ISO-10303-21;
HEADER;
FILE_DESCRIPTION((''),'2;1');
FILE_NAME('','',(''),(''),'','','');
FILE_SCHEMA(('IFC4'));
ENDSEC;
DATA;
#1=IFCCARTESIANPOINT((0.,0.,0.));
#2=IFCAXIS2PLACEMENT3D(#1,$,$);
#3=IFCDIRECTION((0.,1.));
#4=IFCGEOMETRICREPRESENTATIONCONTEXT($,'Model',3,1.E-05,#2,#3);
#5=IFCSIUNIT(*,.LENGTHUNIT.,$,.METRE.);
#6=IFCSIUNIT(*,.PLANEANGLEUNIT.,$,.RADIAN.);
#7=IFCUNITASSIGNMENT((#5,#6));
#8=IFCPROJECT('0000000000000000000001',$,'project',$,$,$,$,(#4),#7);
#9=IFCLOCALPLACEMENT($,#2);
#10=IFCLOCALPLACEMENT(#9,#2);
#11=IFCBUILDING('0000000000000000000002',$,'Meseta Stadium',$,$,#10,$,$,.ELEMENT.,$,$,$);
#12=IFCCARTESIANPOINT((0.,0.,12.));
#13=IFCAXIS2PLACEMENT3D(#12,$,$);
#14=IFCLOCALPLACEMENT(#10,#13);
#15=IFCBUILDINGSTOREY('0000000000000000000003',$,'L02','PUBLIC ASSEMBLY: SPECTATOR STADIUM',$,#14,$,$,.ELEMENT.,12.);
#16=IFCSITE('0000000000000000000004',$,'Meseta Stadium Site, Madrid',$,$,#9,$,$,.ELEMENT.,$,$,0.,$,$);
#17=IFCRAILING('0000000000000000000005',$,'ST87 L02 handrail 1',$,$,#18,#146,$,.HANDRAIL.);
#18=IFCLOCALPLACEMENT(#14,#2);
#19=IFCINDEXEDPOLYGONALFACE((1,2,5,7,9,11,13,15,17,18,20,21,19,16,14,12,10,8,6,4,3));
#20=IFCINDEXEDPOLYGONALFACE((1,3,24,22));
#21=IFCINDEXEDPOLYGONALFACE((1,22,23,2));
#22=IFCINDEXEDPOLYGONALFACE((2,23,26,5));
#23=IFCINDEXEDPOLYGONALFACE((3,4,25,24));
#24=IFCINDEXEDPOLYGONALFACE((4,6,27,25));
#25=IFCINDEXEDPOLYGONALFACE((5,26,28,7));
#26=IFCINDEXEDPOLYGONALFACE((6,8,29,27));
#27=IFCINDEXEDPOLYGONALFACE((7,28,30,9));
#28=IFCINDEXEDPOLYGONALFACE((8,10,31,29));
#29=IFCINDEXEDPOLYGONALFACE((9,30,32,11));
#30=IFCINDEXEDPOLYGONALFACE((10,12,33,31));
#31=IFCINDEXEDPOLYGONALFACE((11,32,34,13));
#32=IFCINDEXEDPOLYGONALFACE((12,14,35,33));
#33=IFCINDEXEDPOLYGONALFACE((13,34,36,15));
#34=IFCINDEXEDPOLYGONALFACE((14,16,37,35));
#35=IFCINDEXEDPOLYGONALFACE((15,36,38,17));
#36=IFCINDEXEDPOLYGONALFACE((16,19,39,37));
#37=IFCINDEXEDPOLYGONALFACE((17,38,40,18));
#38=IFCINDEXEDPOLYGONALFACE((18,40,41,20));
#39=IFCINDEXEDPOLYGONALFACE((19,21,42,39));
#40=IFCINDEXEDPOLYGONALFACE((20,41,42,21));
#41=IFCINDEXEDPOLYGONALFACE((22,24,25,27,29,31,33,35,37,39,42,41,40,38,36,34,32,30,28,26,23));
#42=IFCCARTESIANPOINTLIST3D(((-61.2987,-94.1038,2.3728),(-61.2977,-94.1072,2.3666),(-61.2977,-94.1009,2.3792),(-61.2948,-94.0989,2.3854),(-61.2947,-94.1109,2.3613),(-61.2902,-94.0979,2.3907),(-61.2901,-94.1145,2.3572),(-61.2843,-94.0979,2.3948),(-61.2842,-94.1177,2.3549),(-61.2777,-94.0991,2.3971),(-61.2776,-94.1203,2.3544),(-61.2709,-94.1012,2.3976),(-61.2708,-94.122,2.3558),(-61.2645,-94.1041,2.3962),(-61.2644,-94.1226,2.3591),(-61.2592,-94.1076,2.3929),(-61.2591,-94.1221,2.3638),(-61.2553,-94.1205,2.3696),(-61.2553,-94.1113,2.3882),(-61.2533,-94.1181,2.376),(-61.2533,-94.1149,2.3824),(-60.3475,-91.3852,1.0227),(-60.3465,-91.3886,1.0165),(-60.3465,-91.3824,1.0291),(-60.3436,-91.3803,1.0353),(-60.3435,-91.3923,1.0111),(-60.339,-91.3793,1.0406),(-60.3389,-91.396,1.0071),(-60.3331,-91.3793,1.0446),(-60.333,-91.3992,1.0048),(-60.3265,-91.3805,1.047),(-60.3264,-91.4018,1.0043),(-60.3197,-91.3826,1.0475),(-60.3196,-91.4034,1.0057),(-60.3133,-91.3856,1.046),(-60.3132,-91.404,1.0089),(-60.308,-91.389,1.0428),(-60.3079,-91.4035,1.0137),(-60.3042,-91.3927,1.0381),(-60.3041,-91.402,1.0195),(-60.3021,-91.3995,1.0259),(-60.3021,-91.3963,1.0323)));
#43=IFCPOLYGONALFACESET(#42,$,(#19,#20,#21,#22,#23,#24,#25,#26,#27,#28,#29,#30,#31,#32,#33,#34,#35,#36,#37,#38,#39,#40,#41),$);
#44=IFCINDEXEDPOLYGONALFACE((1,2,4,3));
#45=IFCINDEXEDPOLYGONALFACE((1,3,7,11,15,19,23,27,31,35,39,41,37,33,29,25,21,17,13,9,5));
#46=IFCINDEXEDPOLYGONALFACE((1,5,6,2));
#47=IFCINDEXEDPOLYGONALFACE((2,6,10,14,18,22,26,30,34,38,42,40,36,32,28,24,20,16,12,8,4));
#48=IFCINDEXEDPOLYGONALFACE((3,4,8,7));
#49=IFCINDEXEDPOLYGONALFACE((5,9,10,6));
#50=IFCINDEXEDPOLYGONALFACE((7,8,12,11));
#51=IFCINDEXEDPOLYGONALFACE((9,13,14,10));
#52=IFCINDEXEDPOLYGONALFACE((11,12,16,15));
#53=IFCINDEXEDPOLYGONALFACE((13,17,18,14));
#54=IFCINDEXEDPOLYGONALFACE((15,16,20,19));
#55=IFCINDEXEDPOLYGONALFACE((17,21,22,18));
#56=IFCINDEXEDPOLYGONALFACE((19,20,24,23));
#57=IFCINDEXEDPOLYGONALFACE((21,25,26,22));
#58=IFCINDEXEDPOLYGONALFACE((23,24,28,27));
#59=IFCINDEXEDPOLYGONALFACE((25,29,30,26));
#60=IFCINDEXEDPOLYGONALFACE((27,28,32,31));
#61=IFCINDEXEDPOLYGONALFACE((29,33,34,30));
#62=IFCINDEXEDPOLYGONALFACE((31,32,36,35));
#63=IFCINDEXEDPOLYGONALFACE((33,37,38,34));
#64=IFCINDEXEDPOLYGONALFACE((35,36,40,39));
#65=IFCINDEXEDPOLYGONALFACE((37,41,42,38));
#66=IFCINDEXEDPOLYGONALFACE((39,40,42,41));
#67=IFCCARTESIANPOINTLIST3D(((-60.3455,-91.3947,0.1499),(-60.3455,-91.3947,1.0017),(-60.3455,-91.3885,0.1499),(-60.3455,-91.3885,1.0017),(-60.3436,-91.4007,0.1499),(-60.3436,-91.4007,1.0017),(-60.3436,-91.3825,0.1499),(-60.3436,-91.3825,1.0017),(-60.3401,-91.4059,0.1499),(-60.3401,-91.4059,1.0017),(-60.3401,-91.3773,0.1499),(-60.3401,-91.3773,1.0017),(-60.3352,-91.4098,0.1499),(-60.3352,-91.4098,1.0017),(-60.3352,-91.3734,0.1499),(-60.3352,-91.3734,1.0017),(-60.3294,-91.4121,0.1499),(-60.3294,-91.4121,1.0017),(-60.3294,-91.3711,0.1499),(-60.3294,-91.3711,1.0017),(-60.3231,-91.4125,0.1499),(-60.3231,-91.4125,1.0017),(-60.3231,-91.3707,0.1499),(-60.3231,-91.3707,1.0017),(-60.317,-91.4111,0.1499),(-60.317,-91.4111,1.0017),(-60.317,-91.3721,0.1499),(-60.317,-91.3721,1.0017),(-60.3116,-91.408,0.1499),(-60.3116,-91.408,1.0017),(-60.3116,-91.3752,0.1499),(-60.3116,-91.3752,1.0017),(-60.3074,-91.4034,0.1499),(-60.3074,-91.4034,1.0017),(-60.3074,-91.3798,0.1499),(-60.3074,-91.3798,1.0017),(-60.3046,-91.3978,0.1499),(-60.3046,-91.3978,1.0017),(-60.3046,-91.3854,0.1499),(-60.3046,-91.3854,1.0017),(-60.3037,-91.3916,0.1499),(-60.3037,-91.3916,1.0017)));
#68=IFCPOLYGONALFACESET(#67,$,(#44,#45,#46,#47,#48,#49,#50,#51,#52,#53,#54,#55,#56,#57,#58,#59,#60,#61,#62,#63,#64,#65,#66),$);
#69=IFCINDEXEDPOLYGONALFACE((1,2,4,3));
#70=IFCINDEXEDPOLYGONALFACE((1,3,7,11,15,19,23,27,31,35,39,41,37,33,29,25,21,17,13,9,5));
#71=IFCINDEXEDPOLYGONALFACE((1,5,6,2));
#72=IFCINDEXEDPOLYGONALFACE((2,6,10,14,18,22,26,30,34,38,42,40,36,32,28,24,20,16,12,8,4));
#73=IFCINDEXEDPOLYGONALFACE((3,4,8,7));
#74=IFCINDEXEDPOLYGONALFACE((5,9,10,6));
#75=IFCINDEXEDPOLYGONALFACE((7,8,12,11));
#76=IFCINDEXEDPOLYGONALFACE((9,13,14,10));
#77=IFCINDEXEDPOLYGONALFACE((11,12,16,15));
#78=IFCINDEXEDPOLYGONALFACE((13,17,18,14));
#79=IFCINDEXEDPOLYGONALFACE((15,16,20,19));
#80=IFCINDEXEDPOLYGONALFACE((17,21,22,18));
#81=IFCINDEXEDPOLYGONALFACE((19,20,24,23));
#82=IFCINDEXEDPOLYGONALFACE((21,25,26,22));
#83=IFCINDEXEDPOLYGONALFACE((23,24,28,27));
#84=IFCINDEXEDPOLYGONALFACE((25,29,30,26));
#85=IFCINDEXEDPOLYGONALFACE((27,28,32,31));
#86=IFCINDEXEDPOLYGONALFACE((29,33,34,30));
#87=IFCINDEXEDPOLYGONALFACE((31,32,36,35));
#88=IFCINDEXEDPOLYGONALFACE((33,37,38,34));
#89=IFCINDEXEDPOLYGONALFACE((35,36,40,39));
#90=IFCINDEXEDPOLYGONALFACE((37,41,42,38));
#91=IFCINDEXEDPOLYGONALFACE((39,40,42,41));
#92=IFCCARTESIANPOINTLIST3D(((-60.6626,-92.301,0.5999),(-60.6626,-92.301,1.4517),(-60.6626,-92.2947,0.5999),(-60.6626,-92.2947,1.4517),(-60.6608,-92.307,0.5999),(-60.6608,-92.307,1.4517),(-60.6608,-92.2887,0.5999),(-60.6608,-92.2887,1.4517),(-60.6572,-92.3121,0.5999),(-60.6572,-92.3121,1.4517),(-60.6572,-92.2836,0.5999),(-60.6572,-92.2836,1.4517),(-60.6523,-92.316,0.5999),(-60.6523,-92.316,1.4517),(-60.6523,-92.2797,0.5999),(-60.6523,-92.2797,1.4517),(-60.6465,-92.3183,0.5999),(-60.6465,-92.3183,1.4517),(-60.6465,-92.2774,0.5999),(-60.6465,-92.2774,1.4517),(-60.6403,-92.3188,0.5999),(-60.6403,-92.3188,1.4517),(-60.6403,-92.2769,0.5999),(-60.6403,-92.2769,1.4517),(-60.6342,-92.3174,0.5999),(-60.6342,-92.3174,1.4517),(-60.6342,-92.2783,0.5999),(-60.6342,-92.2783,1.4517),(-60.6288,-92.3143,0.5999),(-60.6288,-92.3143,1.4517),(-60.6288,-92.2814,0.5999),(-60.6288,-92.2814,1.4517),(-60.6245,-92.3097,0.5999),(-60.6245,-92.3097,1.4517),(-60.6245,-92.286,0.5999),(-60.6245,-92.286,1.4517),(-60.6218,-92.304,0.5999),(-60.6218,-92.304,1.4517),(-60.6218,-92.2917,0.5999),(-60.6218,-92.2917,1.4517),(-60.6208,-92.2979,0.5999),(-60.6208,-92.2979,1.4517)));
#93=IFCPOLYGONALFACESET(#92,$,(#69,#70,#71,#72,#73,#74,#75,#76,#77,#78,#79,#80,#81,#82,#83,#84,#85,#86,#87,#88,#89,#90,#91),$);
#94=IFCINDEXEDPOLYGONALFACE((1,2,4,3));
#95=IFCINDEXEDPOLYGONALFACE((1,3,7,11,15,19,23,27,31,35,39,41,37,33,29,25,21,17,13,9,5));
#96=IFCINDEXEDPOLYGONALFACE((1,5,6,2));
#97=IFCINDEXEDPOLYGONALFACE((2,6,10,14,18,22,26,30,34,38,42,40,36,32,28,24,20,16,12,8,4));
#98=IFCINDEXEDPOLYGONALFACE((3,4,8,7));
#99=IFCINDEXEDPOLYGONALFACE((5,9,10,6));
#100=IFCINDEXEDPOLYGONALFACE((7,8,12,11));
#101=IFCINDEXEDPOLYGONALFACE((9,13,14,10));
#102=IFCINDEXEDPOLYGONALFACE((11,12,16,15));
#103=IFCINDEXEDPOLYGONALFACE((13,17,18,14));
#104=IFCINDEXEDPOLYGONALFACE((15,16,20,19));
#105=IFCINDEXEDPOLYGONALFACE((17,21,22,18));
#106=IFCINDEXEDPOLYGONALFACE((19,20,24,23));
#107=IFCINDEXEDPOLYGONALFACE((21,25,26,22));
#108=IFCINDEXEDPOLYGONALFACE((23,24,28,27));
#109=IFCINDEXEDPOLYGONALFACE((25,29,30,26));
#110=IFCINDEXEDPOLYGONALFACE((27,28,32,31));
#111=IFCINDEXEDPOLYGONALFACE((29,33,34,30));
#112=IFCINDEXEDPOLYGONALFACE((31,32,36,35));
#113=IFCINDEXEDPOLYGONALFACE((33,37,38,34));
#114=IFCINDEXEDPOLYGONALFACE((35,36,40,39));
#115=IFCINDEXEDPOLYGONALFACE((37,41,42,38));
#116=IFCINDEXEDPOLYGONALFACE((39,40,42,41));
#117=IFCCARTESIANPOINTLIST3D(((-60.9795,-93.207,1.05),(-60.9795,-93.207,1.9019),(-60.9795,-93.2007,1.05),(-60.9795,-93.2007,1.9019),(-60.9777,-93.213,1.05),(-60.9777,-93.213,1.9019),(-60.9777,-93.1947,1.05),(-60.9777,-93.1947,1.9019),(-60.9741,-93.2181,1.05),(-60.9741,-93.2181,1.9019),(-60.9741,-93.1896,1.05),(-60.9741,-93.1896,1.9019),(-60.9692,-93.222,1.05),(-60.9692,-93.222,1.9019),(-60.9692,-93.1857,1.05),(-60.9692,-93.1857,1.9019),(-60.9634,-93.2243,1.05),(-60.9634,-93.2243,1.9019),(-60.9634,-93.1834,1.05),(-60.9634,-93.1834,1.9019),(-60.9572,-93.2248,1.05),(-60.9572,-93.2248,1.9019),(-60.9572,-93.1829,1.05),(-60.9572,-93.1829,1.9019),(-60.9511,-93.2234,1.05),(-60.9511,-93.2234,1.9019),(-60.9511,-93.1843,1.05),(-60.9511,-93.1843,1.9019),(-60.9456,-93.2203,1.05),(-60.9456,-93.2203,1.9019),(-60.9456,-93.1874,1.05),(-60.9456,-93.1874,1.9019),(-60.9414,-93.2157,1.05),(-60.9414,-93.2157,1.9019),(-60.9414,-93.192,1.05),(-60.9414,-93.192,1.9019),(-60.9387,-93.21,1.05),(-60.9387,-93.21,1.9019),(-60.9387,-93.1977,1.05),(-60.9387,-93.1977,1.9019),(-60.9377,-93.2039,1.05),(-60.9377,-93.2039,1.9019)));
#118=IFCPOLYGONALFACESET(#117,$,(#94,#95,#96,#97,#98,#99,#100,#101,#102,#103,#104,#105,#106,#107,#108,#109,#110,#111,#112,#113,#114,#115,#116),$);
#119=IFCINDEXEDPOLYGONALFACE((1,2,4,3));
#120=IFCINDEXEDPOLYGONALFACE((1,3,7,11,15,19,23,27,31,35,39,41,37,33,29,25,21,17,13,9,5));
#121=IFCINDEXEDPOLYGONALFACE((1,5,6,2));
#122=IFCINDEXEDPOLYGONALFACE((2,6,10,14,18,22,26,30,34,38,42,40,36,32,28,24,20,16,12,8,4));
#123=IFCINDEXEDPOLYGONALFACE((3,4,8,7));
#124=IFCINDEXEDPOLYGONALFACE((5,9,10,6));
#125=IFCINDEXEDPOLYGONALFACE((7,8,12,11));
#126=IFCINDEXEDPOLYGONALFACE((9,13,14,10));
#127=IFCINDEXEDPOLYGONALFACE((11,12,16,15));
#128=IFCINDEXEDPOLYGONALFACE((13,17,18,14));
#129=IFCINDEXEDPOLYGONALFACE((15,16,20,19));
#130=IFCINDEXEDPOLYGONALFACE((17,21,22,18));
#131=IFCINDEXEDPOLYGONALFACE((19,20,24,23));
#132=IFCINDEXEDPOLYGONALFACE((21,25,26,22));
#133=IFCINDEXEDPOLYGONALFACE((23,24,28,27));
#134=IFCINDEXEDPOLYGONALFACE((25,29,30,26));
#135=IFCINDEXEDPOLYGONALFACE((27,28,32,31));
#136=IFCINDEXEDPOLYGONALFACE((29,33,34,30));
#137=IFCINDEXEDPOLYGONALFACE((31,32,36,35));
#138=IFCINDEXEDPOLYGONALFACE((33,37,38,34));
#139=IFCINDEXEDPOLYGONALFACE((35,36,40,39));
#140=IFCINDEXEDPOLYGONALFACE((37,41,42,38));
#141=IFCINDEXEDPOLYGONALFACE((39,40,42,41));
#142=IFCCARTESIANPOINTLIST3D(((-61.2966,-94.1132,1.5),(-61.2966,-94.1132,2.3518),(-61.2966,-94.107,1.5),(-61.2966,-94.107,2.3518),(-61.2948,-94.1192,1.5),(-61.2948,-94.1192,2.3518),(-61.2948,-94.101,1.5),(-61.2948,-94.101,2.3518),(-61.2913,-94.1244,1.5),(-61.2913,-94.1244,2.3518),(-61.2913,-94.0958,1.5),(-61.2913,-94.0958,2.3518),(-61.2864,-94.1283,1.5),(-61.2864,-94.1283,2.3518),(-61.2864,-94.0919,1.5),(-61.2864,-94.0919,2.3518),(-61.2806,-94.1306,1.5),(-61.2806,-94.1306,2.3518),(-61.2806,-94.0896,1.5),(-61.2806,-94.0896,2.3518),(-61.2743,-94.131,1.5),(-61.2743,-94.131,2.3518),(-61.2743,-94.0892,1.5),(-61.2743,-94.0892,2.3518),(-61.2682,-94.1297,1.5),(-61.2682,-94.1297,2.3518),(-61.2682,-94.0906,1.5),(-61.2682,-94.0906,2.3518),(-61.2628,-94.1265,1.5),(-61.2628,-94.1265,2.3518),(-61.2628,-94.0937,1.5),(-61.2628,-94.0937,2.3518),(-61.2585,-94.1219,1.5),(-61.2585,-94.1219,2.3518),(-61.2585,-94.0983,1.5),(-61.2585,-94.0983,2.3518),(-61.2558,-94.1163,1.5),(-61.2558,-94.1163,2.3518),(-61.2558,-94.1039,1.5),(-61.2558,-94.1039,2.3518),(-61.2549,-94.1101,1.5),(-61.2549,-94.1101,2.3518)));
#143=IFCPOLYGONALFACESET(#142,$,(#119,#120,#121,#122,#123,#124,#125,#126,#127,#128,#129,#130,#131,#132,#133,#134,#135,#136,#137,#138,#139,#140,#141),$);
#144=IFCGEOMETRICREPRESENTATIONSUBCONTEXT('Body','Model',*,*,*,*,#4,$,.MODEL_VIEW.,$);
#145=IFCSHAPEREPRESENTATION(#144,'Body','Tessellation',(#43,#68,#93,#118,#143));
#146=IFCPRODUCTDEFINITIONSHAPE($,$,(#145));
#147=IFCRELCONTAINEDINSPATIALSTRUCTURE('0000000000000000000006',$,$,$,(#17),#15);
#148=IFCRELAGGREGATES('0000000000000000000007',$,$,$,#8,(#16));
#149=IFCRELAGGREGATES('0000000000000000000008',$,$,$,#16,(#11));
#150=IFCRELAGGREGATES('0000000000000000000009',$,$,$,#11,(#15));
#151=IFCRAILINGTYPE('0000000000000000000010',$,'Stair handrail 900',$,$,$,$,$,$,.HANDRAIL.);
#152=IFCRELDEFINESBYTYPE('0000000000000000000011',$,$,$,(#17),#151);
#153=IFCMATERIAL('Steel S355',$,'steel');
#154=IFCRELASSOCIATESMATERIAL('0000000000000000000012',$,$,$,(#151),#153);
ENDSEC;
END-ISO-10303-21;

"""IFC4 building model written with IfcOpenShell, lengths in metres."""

from ifc_helpers import new_model, si_unit, direction, frame, origin, origin_2d, place, context, subcontext, project, spatial, circle, extrude, material, type_object, element, save


model = new_model("IFC4")

# Units and contexts
model_context = context("Model", 3, precision=1e-05, world=origin(), true_north=direction((0.0, 1.0)))
body_context = subcontext(model_context, "Body", "Model", "MODEL_VIEW")
ifc_project = project(units=[si_unit("LENGTHUNIT", "METRE"), si_unit("PLANEANGLEUNIT", "RADIAN")], contexts=[model_context])

# Site, building, storey
site_placement = place(None, origin())
site = spatial("IfcSite", under=ifc_project, at=site_placement, Name="Meseta Stadium Site, Madrid", CompositionType="ELEMENT", RefElevation=0.0)
building_placement = place(site_placement, origin())
building = spatial("IfcBuilding", under=site, at=building_placement, Name="Meseta Stadium", CompositionType="ELEMENT")
storey_placement = place(building_placement, frame((0.0, 0.0, 12.0)))
storey = spatial("IfcBuildingStorey", under=building, at=storey_placement, Name="L02", Description="PUBLIC ASSEMBLY: SPECTATOR STADIUM", CompositionType="ELEMENT", Elevation=12.0)

# Railing
ifc_material_1 = material(Name="Steel S355", Category="steel")
railing_type_1 = type_object("IfcRailingType", Name="Stair handrail 900", PredefinedType="HANDRAIL", material=ifc_material_1)
for number, where, name in (
    (1, (-60.3247, -91.3916, 0.1499), "ST87 L02 handrail 1"),
):
    element("IfcRailing", number, at=place(storey_placement, frame(where)), inside=storey, type_object=railing_type_1, Name=name, PredefinedType="HANDRAIL", context=body_context, shape_type="SweptSolid", body=[
        extrude(circle(Radius=0.0239, at=origin_2d()), frame((0.0, 0.0, 0.876), z_axis=(-0.299031, -0.854649, 0.424446), x_axis=(0.943891, -0.330256, 0.0)), (0.0, 0.0, 1.0), 3.1809),
        extrude(circle(Radius=0.021, at=origin_2d()), origin(), (0.0, 0.0, 1.0), 0.8518),
        extrude(circle(Radius=0.021, at=origin_2d()), frame((-0.3171, -0.9062, 0.45)), (0.0, 0.0, 1.0), 0.8518),
        extrude(circle(Radius=0.021, at=origin_2d()), frame((-0.634, -1.8123, 0.9001)), (0.0, 0.0, 1.0), 0.8518),
        extrude(circle(Radius=0.021, at=origin_2d()), frame((-0.9512, -2.7185, 1.3501)), (0.0, 0.0, 1.0), 0.8518),
    ])

save(model, "model.ifc")
